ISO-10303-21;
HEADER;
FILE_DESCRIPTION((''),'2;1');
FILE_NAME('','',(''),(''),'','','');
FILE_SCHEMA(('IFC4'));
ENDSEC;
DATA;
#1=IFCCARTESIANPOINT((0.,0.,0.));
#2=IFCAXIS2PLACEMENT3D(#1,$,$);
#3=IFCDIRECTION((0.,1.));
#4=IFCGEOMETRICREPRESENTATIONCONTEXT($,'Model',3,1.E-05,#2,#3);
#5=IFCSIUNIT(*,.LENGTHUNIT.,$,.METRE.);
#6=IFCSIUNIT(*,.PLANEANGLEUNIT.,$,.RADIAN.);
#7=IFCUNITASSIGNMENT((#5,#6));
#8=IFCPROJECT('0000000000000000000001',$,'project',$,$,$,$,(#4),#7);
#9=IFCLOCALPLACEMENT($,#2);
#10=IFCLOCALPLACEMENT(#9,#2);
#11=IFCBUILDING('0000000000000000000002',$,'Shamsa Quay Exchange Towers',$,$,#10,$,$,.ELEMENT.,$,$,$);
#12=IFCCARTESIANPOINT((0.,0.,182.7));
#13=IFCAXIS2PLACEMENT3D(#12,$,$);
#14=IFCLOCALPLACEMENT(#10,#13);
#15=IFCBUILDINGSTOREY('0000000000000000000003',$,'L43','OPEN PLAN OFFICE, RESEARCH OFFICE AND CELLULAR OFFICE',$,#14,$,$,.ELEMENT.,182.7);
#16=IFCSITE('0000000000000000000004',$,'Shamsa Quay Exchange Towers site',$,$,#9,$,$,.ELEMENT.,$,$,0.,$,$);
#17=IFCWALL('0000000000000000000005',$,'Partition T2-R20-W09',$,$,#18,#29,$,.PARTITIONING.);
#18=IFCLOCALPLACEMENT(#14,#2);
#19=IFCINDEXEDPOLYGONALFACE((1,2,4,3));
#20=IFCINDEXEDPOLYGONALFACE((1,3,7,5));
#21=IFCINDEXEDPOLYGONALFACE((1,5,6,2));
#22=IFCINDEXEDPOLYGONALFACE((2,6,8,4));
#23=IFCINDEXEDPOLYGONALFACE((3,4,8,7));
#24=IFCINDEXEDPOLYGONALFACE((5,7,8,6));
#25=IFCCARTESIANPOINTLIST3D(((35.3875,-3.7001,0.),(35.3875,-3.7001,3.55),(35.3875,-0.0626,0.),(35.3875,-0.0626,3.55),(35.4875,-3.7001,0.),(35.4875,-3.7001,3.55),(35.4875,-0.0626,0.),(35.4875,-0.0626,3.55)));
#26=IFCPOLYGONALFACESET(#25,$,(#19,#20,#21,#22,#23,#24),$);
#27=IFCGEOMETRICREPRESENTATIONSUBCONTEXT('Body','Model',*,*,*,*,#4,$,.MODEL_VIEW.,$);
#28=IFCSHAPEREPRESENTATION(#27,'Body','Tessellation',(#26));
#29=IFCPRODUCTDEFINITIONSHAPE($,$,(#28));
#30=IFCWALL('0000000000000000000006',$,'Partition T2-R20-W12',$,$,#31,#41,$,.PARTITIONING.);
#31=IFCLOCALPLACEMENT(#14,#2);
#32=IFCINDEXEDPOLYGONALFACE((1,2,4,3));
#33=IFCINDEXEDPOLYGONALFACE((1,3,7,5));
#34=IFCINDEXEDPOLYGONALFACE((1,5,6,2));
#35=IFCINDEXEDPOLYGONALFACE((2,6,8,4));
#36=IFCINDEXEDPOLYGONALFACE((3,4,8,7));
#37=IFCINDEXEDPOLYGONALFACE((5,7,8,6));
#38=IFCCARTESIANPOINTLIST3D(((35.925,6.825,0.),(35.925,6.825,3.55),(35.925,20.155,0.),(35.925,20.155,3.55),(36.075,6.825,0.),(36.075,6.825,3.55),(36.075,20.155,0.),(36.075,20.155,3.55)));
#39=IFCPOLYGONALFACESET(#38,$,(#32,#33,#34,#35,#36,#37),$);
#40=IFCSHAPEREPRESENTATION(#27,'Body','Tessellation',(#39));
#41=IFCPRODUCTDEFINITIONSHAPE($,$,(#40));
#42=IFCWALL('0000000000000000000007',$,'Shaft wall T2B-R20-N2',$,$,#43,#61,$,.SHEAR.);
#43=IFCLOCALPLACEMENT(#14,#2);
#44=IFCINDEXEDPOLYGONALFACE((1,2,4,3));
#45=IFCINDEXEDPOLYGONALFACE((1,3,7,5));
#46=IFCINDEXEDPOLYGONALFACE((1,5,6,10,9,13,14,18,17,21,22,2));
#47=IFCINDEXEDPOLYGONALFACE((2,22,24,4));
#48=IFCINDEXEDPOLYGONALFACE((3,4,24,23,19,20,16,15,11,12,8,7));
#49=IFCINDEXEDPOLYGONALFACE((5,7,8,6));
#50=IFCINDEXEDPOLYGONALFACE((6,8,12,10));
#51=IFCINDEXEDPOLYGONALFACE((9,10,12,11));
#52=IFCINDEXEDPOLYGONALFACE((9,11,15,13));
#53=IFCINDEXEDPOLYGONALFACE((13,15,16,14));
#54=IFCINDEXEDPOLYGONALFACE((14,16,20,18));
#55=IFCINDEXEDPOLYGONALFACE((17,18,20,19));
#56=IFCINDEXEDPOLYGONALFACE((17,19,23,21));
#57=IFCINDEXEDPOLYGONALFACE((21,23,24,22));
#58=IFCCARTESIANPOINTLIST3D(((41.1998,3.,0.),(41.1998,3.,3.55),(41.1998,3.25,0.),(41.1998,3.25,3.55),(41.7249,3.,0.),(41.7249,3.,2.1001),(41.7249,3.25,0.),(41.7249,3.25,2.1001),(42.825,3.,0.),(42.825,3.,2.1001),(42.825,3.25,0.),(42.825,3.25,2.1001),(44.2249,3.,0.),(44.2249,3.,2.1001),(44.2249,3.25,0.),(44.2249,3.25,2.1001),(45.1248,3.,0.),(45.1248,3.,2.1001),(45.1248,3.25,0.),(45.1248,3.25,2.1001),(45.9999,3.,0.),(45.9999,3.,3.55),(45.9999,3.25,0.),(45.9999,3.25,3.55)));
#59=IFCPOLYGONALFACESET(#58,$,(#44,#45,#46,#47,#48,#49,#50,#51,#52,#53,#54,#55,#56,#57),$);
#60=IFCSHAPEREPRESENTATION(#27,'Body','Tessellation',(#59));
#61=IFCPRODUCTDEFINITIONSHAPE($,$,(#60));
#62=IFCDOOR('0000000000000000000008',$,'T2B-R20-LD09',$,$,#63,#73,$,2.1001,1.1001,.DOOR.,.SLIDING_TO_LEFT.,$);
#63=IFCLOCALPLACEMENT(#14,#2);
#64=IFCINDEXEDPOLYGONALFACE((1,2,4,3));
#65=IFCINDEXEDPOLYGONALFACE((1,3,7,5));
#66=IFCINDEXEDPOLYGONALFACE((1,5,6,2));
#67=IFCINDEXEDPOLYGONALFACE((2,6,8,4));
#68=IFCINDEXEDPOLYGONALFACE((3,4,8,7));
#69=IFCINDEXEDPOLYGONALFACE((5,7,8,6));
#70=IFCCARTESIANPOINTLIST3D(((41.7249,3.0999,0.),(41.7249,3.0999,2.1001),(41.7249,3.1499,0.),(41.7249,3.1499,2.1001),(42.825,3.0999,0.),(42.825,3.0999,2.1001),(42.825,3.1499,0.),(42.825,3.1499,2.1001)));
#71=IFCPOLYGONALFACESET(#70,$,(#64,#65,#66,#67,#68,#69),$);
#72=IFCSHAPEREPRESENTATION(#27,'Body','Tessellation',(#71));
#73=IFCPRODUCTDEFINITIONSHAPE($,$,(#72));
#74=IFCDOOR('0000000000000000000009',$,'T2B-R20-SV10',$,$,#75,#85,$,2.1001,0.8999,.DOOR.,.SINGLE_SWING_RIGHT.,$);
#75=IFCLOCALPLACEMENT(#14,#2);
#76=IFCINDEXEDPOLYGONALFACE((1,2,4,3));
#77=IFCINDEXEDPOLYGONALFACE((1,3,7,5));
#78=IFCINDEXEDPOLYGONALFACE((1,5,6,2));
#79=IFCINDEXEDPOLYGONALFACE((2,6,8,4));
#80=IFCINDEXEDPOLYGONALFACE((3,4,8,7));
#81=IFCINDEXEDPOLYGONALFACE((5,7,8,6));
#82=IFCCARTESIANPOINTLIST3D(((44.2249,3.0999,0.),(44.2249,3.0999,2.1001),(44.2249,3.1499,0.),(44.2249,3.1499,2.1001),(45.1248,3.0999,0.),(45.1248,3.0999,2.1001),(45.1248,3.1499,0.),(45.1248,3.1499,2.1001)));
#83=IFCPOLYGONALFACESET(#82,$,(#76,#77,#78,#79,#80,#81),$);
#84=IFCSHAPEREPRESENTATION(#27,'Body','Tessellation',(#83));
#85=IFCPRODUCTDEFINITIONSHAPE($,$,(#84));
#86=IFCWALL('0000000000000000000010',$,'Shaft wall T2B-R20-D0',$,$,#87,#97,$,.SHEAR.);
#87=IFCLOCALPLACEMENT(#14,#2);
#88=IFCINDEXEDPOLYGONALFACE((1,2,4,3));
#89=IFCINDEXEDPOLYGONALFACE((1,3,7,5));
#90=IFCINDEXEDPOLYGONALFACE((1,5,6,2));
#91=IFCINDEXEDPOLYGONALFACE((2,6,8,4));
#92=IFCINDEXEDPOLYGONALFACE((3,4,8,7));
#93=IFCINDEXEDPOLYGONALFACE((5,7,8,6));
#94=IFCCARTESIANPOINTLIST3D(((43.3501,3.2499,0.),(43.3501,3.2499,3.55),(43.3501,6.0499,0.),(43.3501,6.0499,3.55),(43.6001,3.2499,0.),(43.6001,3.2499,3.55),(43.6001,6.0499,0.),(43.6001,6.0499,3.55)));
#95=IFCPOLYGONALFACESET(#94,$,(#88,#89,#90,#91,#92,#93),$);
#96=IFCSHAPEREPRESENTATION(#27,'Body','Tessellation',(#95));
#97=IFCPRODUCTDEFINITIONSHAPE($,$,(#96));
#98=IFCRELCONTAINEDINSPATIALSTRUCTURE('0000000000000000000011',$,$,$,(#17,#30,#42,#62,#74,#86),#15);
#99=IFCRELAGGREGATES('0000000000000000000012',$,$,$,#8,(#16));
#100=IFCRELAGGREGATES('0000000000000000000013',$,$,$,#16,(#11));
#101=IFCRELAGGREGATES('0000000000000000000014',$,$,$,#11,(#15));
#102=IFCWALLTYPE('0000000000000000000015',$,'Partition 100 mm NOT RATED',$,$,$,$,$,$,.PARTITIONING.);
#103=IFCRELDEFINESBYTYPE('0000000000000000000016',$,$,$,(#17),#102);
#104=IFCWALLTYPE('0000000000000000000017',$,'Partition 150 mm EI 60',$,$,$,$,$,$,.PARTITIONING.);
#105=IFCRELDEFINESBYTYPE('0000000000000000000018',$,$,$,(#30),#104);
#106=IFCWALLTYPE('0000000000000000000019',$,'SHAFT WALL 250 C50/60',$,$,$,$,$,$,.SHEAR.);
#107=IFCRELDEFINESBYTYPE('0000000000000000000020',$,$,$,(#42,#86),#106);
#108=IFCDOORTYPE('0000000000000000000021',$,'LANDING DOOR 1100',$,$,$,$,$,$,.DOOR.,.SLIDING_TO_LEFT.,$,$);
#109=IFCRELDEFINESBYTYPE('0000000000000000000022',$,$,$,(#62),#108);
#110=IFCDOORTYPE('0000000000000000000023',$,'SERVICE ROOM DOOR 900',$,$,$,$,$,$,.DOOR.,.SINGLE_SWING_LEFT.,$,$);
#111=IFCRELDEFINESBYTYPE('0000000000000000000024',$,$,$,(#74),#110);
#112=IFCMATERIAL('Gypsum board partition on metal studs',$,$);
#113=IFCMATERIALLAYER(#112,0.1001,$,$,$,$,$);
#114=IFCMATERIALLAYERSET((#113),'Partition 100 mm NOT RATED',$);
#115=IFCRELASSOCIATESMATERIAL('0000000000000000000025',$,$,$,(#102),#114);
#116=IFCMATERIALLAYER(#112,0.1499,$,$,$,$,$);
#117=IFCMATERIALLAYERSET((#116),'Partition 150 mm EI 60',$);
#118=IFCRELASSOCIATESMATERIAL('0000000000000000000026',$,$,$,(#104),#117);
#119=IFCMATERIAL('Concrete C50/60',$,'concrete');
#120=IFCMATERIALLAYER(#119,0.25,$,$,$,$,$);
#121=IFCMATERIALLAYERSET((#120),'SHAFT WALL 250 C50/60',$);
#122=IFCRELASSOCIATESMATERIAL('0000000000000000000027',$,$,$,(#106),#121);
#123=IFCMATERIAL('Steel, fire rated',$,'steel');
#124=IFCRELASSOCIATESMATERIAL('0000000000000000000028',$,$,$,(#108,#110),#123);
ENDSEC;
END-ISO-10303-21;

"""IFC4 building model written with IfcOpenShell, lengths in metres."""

from ifc_helpers import new_model, si_unit, direction, frame, frame_2d, origin, place, context, subcontext, project, spatial, rectangle, extrude, material, layer, layer_set, type_object, element, fill, save


model = new_model("IFC4")

# Units and contexts
model_context = context("Model", 3, precision=1e-05, world=origin(), true_north=direction((0.0, 1.0)))
body_context = subcontext(model_context, "Body", "Model", "MODEL_VIEW")
ifc_project = project(units=[si_unit("LENGTHUNIT", "METRE"), si_unit("PLANEANGLEUNIT", "RADIAN")], contexts=[model_context])

# Site, building, storey
site_placement = place(None, origin())
site = spatial("IfcSite", under=ifc_project, at=site_placement, Name="Shamsa Quay Exchange Towers site", CompositionType="ELEMENT", RefElevation=0.0)
building_placement = place(site_placement, origin())
building = spatial("IfcBuilding", under=site, at=building_placement, Name="Shamsa Quay Exchange Towers", CompositionType="ELEMENT")
storey_placement = place(building_placement, frame((0.0, 0.0, 182.7)))
storey = spatial("IfcBuildingStorey", under=building, at=storey_placement, Name="L43", Description="OPEN PLAN OFFICE, RESEARCH OFFICE AND CELLULAR OFFICE", CompositionType="ELEMENT", Elevation=182.7)

# Walls
ifc_material_1 = material(Name="Gypsum board partition on metal studs")
ifc_layer_1 = layer(ifc_material_1, 0.1001)
ifc_layer_set_1 = layer_set([ifc_layer_1], Name="Partition 100 mm NOT RATED")
wall_type_1 = type_object("IfcWallType", Name="Partition 100 mm NOT RATED", PredefinedType="PARTITIONING", material=ifc_layer_set_1)
wall_1_placement = place(storey_placement, frame((35.4375, -0.0625, 0.0), z_axis=(0.0, 0.0, 1.0), x_axis=(0.0, -1.0, 0.0)))
element("IfcWall", 1, at=wall_1_placement, inside=storey, type_object=wall_type_1, Name="Partition T2-R20-W09", PredefinedType="PARTITIONING", context=body_context, shape_type="SweptSolid", body=[
    extrude(rectangle(XDim=3.6375, YDim=0.1001, at=frame_2d((1.8188, 0.0))), origin(), (0.0, 0.0, 1.0), 3.55),
])
ifc_layer_2 = layer(ifc_material_1, 0.1499)
ifc_layer_set_2 = layer_set([ifc_layer_2], Name="Partition 150 mm EI 60")
wall_type_2 = type_object("IfcWallType", Name="Partition 150 mm EI 60", PredefinedType="PARTITIONING", material=ifc_layer_set_2)
wall_2_placement = place(storey_placement, frame((36.0, 20.155, 0.0), z_axis=(0.0, 0.0, 1.0), x_axis=(0.0, -1.0, 0.0)))
element("IfcWall", 2, at=wall_2_placement, inside=storey, type_object=wall_type_2, Name="Partition T2-R20-W12", PredefinedType="PARTITIONING", context=body_context, shape_type="SweptSolid", body=[
    extrude(rectangle(XDim=13.3301, YDim=0.1499, at=frame_2d((6.665, 0.0))), origin(), (0.0, 0.0, 1.0), 3.55),
])

# Wall, openings, doors
ifc_material_2 = material(Name="Concrete C50/60", Category="concrete")
ifc_layer_3 = layer(ifc_material_2, 0.25)
ifc_layer_set_3 = layer_set([ifc_layer_3], Name="SHAFT WALL 250 C50/60")
wall_type_3 = type_object("IfcWallType", Name="SHAFT WALL 250 C50/60", PredefinedType="SHEAR", material=ifc_layer_set_3)
wall_3_placement = place(storey_placement, frame((41.2, 3.125, 0.0)))
wall_3 = element("IfcWall", 3, at=wall_3_placement, inside=storey, type_object=wall_type_3, Name="Shaft wall T2B-R20-N2", PredefinedType="SHEAR", context=body_context, shape_type="SweptSolid", body=[
    extrude(rectangle(XDim=4.8, YDim=0.25, at=frame_2d((2.3999, 0.0))), origin(), (0.0, 0.0, 1.0), 3.55),
])
opening_1_placement = place(wall_3_placement, frame((0.5249, 0.0, 0.0)))
opening_1 = element("IfcOpeningElement", 4, at=opening_1_placement, cuts=wall_3, PredefinedType="OPENING", context=body_context, shape_type="SweptSolid", body=[
    extrude(rectangle(XDim=1.1001, YDim=2.1001, at=frame_2d((0.55, 1.05))), frame((0.0, 0.135, 0.0), z_axis=(0.0, -1.0, 0.0), x_axis=(1.0, 0.0, 0.0)), (0.0, 0.0, 1.0), 0.27),
])
opening_2_placement = place(wall_3_placement, frame((3.0249, 0.0, 0.0)))
opening_2 = element("IfcOpeningElement", 5, at=opening_2_placement, cuts=wall_3, PredefinedType="OPENING", context=body_context, shape_type="SweptSolid", body=[
    extrude(rectangle(XDim=0.8999, YDim=2.1001, at=frame_2d((0.45, 1.05))), frame((0.0, 0.135, 0.0), z_axis=(0.0, -1.0, 0.0), x_axis=(1.0, 0.0, 0.0)), (0.0, 0.0, 1.0), 0.27),
])
ifc_material_3 = material(Name="Steel, fire rated", Category="steel")
door_type_1 = type_object("IfcDoorType", Name="LANDING DOOR 1100", OperationType="SLIDING_TO_LEFT", PredefinedType="DOOR", material=ifc_material_3)
door_1_placement = place(opening_1_placement, origin())
door_1 = element("IfcDoor", 6, at=door_1_placement, inside=storey, type_object=door_type_1, Name="T2B-R20-LD09", OperationType="SLIDING_TO_LEFT", OverallHeight=2.1001, OverallWidth=1.1001, PredefinedType="DOOR", context=body_context, shape_type="SweptSolid", body=[
    extrude(rectangle(XDim=1.1001, YDim=2.1001, at=frame_2d((0.55, 1.05))), frame((0.0, 0.0249, 0.0), z_axis=(0.0, -1.0, 0.0), x_axis=(1.0, 0.0, 0.0)), (0.0, 0.0, 1.0), 0.05),
])
fill(opening_1, door_1)
door_type_2 = type_object("IfcDoorType", Name="SERVICE ROOM DOOR 900", OperationType="SINGLE_SWING_LEFT", PredefinedType="DOOR", material=ifc_material_3)
door_2_placement = place(opening_2_placement, origin())
door_2 = element("IfcDoor", 7, at=door_2_placement, inside=storey, type_object=door_type_2, Name="T2B-R20-SV10", OperationType="SINGLE_SWING_RIGHT", OverallHeight=2.1001, OverallWidth=0.8999, PredefinedType="DOOR", context=body_context, shape_type="SweptSolid", body=[
    extrude(rectangle(XDim=0.8999, YDim=2.1001, at=frame_2d((0.45, 1.05))), frame((0.0, 0.0249, 0.0), z_axis=(0.0, -1.0, 0.0), x_axis=(1.0, 0.0, 0.0)), (0.0, 0.0, 1.0), 0.05),
])
fill(opening_2, door_2)

# Wall
wall_4_placement = place(storey_placement, frame((43.4751, 3.25, 0.0), z_axis=(0.0, 0.0, 1.0), x_axis=(0.0, 1.0, 0.0)))
element("IfcWall", 8, at=wall_4_placement, inside=storey, type_object=wall_type_3, Name="Shaft wall T2B-R20-D0", PredefinedType="SHEAR", context=body_context, shape_type="SweptSolid", body=[
    extrude(rectangle(XDim=2.8, YDim=0.25, at=frame_2d((1.3999, 0.0))), origin(), (0.0, 0.0, 1.0), 3.55),
])

save(model, "model.ifc")
